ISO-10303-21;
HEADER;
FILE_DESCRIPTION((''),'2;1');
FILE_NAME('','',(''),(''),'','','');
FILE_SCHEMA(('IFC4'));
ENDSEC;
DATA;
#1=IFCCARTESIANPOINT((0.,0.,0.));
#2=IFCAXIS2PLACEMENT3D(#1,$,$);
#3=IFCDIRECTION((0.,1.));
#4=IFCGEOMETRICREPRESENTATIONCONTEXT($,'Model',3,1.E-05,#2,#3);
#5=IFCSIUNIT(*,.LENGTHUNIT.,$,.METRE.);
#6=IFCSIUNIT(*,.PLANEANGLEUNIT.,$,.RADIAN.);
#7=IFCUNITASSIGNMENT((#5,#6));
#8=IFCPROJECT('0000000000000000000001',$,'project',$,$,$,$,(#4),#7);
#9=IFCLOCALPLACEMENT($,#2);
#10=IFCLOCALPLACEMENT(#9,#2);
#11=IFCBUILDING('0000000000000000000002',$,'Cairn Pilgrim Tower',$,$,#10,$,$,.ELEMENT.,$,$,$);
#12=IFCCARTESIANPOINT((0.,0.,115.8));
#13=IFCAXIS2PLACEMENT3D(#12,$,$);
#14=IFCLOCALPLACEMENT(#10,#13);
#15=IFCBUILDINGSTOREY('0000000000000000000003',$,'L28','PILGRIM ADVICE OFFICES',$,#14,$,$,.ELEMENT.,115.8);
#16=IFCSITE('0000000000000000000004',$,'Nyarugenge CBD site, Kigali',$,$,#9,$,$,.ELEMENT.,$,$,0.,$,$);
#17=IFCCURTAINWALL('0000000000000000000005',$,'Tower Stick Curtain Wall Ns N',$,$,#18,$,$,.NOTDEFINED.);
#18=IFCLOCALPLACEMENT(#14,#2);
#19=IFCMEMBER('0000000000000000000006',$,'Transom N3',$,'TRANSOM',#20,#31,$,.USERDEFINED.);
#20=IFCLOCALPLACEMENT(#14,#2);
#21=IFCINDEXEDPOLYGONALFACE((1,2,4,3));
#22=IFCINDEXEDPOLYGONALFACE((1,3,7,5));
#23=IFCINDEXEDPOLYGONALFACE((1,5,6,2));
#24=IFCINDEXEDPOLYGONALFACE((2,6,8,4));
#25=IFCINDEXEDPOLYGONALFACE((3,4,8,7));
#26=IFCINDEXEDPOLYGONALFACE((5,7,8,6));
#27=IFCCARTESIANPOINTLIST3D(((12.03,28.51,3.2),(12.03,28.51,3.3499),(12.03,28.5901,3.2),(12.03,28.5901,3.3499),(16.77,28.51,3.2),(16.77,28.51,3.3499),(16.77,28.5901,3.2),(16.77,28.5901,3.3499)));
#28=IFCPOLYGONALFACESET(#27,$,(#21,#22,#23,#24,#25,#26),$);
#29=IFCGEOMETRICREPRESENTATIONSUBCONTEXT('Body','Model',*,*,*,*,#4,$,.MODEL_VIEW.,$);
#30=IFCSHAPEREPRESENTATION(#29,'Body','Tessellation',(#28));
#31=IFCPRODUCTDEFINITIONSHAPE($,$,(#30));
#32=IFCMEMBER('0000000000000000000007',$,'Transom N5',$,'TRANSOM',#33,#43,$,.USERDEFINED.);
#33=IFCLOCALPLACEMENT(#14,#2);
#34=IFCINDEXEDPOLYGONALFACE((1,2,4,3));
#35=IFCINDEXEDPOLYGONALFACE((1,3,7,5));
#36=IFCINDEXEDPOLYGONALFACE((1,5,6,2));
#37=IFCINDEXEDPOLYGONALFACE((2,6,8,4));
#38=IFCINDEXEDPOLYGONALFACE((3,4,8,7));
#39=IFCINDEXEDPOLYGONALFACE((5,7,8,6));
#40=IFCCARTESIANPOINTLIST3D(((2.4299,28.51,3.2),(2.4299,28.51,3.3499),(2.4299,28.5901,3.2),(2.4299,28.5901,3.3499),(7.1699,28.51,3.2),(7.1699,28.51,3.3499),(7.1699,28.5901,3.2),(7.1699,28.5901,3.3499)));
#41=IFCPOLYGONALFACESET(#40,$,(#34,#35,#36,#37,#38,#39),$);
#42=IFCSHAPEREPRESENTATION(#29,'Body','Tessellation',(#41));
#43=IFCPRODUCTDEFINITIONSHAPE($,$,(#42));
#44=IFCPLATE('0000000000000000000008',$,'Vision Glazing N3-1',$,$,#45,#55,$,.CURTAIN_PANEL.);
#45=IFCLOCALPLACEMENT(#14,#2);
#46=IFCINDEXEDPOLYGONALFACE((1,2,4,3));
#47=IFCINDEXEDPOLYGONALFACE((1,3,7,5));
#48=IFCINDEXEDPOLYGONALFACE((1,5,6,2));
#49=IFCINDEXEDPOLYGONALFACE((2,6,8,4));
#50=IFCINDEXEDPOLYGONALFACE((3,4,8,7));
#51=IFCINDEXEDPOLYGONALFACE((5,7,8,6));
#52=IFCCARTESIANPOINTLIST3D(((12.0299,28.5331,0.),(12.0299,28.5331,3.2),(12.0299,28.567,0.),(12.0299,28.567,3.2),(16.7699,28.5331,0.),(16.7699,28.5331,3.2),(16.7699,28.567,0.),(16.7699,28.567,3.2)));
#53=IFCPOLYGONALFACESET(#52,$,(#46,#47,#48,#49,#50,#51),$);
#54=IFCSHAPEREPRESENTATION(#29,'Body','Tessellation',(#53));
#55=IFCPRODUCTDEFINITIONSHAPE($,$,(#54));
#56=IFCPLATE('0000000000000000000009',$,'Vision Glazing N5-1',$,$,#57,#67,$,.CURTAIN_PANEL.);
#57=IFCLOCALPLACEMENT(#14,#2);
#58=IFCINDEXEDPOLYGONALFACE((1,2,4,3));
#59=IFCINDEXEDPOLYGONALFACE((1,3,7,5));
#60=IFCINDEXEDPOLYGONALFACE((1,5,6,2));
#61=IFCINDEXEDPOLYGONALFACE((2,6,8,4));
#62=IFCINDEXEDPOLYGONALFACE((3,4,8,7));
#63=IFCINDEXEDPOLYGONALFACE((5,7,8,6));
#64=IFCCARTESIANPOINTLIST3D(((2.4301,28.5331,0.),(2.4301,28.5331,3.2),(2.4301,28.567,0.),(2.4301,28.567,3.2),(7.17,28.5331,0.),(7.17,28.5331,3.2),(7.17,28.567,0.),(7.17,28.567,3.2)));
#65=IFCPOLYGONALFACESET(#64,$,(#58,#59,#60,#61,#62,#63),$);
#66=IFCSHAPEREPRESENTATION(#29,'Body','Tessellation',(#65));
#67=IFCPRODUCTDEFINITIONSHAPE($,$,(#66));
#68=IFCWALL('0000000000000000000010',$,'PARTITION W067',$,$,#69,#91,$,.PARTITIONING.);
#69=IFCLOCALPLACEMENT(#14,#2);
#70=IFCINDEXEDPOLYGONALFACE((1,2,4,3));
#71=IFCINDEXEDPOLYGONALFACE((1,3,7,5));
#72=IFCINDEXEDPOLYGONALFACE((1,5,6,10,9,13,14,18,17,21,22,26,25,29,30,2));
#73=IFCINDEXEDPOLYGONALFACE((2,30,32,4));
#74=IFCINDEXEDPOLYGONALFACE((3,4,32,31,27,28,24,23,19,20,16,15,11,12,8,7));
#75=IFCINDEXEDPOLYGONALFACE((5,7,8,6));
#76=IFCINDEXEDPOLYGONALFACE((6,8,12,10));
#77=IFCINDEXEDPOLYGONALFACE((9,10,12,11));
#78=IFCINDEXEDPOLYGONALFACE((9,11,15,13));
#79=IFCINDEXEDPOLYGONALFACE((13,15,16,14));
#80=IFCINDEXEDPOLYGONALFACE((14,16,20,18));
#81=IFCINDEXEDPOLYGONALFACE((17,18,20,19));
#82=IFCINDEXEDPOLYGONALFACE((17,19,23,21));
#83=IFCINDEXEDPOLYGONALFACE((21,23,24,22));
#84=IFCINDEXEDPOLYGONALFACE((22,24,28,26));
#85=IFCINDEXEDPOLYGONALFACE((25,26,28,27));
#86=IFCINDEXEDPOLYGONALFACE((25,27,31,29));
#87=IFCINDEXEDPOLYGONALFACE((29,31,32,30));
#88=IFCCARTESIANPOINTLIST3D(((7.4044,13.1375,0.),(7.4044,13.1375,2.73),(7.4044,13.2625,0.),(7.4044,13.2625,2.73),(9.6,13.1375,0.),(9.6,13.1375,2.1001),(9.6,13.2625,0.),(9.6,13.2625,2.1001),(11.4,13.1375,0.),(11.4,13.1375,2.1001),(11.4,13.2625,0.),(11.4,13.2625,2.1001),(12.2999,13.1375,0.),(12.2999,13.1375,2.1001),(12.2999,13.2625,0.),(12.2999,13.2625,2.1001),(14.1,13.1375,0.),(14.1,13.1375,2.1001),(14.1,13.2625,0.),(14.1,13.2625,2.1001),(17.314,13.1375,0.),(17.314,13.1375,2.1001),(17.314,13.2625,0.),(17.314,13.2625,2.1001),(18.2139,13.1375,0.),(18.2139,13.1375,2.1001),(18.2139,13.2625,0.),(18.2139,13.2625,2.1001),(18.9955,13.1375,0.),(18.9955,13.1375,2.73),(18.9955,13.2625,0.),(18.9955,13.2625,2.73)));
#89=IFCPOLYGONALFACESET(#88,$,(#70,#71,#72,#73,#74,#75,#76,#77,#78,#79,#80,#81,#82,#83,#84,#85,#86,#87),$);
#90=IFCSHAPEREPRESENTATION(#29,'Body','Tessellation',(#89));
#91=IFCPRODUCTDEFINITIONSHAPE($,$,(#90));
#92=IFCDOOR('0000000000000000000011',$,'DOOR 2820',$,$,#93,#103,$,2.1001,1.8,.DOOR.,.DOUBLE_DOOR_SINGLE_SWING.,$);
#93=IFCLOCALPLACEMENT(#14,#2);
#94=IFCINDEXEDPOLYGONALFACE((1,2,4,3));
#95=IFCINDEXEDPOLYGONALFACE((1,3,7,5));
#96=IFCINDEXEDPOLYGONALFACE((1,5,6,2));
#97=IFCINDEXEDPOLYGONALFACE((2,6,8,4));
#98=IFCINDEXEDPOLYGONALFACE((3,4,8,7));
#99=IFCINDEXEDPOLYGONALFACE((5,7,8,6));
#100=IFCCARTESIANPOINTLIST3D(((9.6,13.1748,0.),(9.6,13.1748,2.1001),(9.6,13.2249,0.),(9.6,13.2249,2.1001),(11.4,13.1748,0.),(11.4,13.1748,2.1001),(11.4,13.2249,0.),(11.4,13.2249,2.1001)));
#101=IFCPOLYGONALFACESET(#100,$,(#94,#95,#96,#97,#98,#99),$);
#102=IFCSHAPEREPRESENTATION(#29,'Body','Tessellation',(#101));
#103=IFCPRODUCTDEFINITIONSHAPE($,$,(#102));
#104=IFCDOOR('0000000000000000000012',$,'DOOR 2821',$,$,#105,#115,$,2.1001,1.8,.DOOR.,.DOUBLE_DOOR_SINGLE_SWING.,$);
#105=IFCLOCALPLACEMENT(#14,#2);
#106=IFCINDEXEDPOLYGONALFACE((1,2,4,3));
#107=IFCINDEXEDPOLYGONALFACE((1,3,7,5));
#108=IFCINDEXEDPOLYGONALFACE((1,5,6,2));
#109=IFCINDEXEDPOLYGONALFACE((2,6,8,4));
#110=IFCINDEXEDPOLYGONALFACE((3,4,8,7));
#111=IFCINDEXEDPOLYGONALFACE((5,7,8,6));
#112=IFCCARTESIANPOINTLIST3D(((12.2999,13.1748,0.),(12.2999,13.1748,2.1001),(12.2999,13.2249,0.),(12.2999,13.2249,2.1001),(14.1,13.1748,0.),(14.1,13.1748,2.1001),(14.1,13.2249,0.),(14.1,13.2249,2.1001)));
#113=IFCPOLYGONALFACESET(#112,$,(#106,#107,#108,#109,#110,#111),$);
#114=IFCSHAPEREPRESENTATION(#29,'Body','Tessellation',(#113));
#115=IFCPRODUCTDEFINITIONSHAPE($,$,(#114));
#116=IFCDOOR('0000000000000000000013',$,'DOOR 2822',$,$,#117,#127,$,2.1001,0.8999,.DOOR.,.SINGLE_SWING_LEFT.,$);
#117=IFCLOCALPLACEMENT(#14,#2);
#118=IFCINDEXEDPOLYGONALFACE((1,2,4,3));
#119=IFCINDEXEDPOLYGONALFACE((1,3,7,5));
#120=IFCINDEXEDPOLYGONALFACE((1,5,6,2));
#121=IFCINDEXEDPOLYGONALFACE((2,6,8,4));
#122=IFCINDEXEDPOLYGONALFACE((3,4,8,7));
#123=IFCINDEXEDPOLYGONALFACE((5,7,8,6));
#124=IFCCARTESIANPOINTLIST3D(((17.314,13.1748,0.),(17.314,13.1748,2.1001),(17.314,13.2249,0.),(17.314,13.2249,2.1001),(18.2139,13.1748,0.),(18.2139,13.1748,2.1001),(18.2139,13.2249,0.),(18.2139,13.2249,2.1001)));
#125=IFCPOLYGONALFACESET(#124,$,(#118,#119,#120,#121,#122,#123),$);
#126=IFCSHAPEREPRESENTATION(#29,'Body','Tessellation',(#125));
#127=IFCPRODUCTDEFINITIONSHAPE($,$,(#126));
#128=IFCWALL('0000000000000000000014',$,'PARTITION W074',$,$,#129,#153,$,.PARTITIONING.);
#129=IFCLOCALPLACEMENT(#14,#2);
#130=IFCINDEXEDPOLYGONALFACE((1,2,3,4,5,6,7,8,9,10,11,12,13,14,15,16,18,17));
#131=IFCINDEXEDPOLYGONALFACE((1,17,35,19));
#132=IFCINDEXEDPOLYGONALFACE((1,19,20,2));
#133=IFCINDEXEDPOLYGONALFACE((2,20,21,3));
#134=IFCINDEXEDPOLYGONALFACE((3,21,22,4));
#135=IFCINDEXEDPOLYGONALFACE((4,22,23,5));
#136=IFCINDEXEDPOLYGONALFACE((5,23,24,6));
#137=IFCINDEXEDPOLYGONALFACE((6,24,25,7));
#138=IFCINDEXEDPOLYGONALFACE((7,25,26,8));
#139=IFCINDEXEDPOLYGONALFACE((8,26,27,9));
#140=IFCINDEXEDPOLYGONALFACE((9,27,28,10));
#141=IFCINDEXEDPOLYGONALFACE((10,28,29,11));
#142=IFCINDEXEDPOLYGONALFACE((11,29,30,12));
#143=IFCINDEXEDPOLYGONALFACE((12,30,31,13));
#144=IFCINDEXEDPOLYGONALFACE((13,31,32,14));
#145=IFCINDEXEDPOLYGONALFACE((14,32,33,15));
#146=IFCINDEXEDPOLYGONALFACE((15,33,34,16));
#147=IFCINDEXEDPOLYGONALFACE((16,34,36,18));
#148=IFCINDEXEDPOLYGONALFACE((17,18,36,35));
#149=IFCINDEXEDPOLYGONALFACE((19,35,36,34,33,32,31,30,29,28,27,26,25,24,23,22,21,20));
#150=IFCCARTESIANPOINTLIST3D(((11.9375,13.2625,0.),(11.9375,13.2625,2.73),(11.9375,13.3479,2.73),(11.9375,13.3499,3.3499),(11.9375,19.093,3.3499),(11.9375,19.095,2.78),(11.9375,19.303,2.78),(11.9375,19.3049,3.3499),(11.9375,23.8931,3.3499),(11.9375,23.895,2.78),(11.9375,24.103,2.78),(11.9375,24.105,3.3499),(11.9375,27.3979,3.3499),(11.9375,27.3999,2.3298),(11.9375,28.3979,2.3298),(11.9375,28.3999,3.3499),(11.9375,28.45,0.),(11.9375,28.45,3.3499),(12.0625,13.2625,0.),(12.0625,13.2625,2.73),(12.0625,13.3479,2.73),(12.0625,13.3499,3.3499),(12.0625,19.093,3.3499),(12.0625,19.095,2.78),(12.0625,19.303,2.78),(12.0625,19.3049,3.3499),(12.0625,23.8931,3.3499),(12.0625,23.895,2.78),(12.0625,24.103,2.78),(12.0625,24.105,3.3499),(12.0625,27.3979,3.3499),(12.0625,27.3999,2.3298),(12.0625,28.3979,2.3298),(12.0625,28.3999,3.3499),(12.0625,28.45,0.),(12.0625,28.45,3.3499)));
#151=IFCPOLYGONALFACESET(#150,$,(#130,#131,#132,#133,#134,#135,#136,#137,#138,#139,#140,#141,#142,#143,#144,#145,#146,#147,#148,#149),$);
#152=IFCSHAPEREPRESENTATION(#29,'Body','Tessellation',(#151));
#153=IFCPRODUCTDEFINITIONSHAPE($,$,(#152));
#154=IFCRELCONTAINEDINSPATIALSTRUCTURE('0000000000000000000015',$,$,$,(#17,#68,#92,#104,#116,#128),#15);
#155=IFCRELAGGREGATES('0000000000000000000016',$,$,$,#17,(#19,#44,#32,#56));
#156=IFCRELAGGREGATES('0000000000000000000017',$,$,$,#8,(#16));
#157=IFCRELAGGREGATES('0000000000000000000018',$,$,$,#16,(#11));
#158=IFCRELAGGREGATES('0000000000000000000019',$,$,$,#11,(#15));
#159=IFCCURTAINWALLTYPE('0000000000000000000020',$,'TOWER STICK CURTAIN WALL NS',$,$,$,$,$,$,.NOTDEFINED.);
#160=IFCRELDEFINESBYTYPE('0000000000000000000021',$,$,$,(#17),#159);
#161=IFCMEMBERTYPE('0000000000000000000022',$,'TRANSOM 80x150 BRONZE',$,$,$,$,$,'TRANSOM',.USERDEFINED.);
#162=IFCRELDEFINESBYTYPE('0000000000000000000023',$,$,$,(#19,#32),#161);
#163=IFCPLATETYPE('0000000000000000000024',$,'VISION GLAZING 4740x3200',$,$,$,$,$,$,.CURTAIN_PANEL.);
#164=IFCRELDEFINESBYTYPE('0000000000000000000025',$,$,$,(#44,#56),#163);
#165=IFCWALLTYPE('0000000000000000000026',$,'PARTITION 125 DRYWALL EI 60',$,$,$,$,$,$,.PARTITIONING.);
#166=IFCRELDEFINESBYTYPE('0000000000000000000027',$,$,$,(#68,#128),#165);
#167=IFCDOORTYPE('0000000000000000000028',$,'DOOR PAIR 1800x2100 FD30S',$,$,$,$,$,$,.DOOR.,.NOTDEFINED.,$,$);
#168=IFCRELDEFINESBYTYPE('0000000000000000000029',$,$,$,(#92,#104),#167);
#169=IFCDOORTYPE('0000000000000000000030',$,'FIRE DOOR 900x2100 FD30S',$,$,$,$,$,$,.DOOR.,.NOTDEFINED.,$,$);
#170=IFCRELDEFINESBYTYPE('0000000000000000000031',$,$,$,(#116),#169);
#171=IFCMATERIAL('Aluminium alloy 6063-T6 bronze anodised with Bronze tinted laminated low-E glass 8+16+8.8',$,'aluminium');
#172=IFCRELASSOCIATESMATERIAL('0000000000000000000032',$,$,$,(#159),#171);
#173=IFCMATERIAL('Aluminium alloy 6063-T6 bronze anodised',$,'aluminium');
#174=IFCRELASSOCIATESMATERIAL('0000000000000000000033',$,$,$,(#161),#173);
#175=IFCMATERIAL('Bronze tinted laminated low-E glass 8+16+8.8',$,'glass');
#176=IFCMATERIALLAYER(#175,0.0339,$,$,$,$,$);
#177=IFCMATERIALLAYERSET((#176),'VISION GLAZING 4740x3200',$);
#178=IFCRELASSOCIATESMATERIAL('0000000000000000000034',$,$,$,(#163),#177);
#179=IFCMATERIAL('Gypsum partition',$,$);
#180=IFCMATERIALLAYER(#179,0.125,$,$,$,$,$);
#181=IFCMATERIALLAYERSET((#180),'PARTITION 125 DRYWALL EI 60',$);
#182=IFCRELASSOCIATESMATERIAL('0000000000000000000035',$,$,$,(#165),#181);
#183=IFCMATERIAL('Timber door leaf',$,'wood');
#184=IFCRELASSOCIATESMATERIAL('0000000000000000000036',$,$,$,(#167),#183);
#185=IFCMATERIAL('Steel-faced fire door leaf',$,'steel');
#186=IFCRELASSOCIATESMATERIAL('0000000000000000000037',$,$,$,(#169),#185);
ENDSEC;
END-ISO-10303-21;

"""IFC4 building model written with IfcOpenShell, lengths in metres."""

from ifc_helpers import new_model, si_unit, direction, frame, frame_2d, origin, origin_2d, place, context, subcontext, project, spatial, polyline, rectangle, outline, extrude, material, layer, layer_set, material_profile, profile_set, type_object, element, fill, aggregate, save


model = new_model("IFC4")

# Units and contexts
model_context = context("Model", 3, precision=1e-05, world=origin(), true_north=direction((0.0, 1.0)))
body_context = subcontext(model_context, "Body", "Model", "MODEL_VIEW")
ifc_project = project(units=[si_unit("LENGTHUNIT", "METRE"), si_unit("PLANEANGLEUNIT", "RADIAN")], contexts=[model_context])

# Site, building, storey
site_placement = place(None, origin())
site = spatial("IfcSite", under=ifc_project, at=site_placement, Name="Nyarugenge CBD site, Kigali", CompositionType="ELEMENT", RefElevation=0.0)
building_placement = place(site_placement, origin())
building = spatial("IfcBuilding", under=site, at=building_placement, Name="Cairn Pilgrim Tower", CompositionType="ELEMENT")
storey_placement = place(building_placement, frame((0.0, 0.0, 115.8)))
storey = spatial("IfcBuildingStorey", under=building, at=storey_placement, Name="L28", Description="PILGRIM ADVICE OFFICES", CompositionType="ELEMENT", Elevation=115.8)

# Curtain wall
ifc_material_1 = material(Name="Aluminium alloy 6063-T6 bronze anodised with Bronze tinted laminated low-E glass 8+16+8.8", Category="aluminium")
curtain_wall_type = type_object("IfcCurtainWallType", Name="TOWER STICK CURTAIN WALL NS", PredefinedType="NOTDEFINED", material=ifc_material_1)
curtain_wall_placement = place(storey_placement, origin())
curtain_wall = element("IfcCurtainWall", 1, at=curtain_wall_placement, inside=storey, type_object=curtain_wall_type, Name="Tower Stick Curtain Wall Ns N", PredefinedType="NOTDEFINED")
ifc_material_2 = material(Name="Aluminium alloy 6063-T6 bronze anodised", Category="aluminium")

# Members
ifc_material_profile_1 = material_profile(ifc_material_2, rectangle(XDim=0.0801, YDim=0.1499, at=origin_2d()), Name="TRANSOM 80x150 BRONZE")
ifc_profile_set_1 = profile_set([ifc_material_profile_1], Name="Aluminium alloy 6063-T6 bronze anodised")
member_type_1 = type_object("IfcMemberType", Name="TRANSOM 80x150 BRONZE", ElementType="TRANSOM", PredefinedType="USERDEFINED", material=ifc_profile_set_1)
member_1_placement = place(storey_placement, frame((16.77, 28.55, 3.2749), z_axis=(-1.0, 0.0, 0.0), x_axis=(0.0, -1.0, 0.0)))
member_1 = element("IfcMember", 2, at=member_1_placement, type_object=member_type_1, Name="Transom N3", ObjectType="TRANSOM", PredefinedType="USERDEFINED", context=body_context, shape_type="SweptSolid", body=[
    extrude(rectangle(XDim=0.0801, YDim=0.1499, at=origin_2d()), origin(), (0.0, 0.0, 1.0), 4.74),
])
member_2_placement = place(storey_placement, frame((7.1699, 28.55, 3.2749), z_axis=(-1.0, 0.0, 0.0), x_axis=(0.0, -1.0, 0.0)))
member_2 = element("IfcMember", 3, at=member_2_placement, type_object=member_type_1, Name="Transom N5", ObjectType="TRANSOM", PredefinedType="USERDEFINED", context=body_context, shape_type="SweptSolid", body=[
    extrude(rectangle(XDim=0.0801, YDim=0.1499, at=origin_2d()), origin(), (0.0, 0.0, 1.0), 4.74),
])

# Plates
ifc_material_3 = material(Name="Bronze tinted laminated low-E glass 8+16+8.8", Category="glass")
ifc_layer_1 = layer(ifc_material_3, 0.0339)
ifc_layer_set_1 = layer_set([ifc_layer_1], Name="VISION GLAZING 4740x3200")
plate_type = type_object("IfcPlateType", Name="VISION GLAZING 4740x3200", PredefinedType="CURTAIN_PANEL", material=ifc_layer_set_1)
plate_1_placement = place(storey_placement, frame((14.3999, 28.55, 0.0), z_axis=(0.0, 0.0, 1.0), x_axis=(-1.0, 0.0, 0.0)))
plate_1 = element("IfcPlate", 4, at=plate_1_placement, type_object=plate_type, Name="Vision Glazing N3-1", PredefinedType="CURTAIN_PANEL", context=body_context, shape_type="SweptSolid", body=[
    extrude(rectangle(XDim=4.74, YDim=0.0339, at=origin_2d()), origin(), (0.0, 0.0, 1.0), 3.2),
])
plate_2_placement = place(storey_placement, frame((4.8, 28.55, 0.0), z_axis=(0.0, 0.0, 1.0), x_axis=(-1.0, 0.0, 0.0)))
plate_2 = element("IfcPlate", 5, at=plate_2_placement, type_object=plate_type, Name="Vision Glazing N5-1", PredefinedType="CURTAIN_PANEL", context=body_context, shape_type="SweptSolid", body=[
    extrude(rectangle(XDim=4.74, YDim=0.0339, at=origin_2d()), origin(), (0.0, 0.0, 1.0), 3.2),
])
aggregate(curtain_wall, [member_1, plate_1, member_2, plate_2])

# Wall, openings, doors
ifc_material_4 = material(Name="Gypsum partition")
ifc_layer_2 = layer(ifc_material_4, 0.125)
ifc_layer_set_2 = layer_set([ifc_layer_2], Name="PARTITION 125 DRYWALL EI 60")
wall_type_1 = type_object("IfcWallType", Name="PARTITION 125 DRYWALL EI 60", PredefinedType="PARTITIONING", material=ifc_layer_set_2)
wall_1_placement = place(storey_placement, frame((7.4045, 13.2, 0.0), z_axis=(0.0, 0.0, 1.0), x_axis=(1.0, 0.0, 0.0)))
wall_1 = element("IfcWall", 6, at=wall_1_placement, inside=storey, type_object=wall_type_1, Name="PARTITION W067", PredefinedType="PARTITIONING", context=body_context, shape_type="SweptSolid", body=[
    extrude(rectangle(XDim=11.5911, YDim=0.125, at=frame_2d((5.7954, 0.0))), origin(), (0.0, 0.0, 1.0), 2.73),
])
opening_1_placement = place(wall_1_placement, frame((2.1956, 0.0, 0.0)))
opening_1 = element("IfcOpeningElement", 7, at=opening_1_placement, cuts=wall_1, PredefinedType="OPENING", context=body_context, shape_type="SweptSolid", body=[
    extrude(rectangle(XDim=1.8, YDim=2.1001, at=frame_2d((0.8999, 1.05))), frame((0.0, 0.0725, 0.0), z_axis=(0.0, -1.0, 0.0), x_axis=(1.0, 0.0, 0.0)), (0.0, 0.0, 1.0), 0.145),
])
opening_2_placement = place(wall_1_placement, frame((4.8955, 0.0, 0.0)))
opening_2 = element("IfcOpeningElement", 8, at=opening_2_placement, cuts=wall_1, PredefinedType="OPENING", context=body_context, shape_type="SweptSolid", body=[
    extrude(rectangle(XDim=1.8, YDim=2.1001, at=frame_2d((0.8999, 1.05))), frame((0.0, 0.0725, 0.0), z_axis=(0.0, -1.0, 0.0), x_axis=(1.0, 0.0, 0.0)), (0.0, 0.0, 1.0), 0.145),
])
opening_3_placement = place(wall_1_placement, frame((9.9094, 0.0, 0.0)))
opening_3 = element("IfcOpeningElement", 9, at=opening_3_placement, cuts=wall_1, PredefinedType="OPENING", context=body_context, shape_type="SweptSolid", body=[
    extrude(rectangle(XDim=0.8999, YDim=2.1001, at=frame_2d((0.45, 1.05))), frame((0.0, 0.0725, 0.0), z_axis=(0.0, -1.0, 0.0), x_axis=(1.0, 0.0, 0.0)), (0.0, 0.0, 1.0), 0.145),
])
ifc_material_5 = material(Name="Timber door leaf", Category="wood")
door_type_1 = type_object("IfcDoorType", Name="DOOR PAIR 1800x2100 FD30S", OperationType="NOTDEFINED", PredefinedType="DOOR", material=ifc_material_5)
door_1_placement = place(opening_1_placement, origin())
door_1 = element("IfcDoor", 10, at=door_1_placement, inside=storey, type_object=door_type_1, Name="DOOR 2820", OperationType="DOUBLE_DOOR_SINGLE_SWING", OverallHeight=2.1001, OverallWidth=1.8, PredefinedType="DOOR", context=body_context, shape_type="SweptSolid", body=[
    extrude(rectangle(XDim=1.8, YDim=2.1001, at=frame_2d((0.8999, 1.05))), frame((0.0, 0.0249, 0.0), z_axis=(0.0, -1.0, 0.0), x_axis=(1.0, 0.0, 0.0)), (0.0, 0.0, 1.0), 0.05),
])
fill(opening_1, door_1)
door_2_placement = place(opening_2_placement, origin())
door_2 = element("IfcDoor", 11, at=door_2_placement, inside=storey, type_object=door_type_1, Name="DOOR 2821", OperationType="DOUBLE_DOOR_SINGLE_SWING", OverallHeight=2.1001, OverallWidth=1.8, PredefinedType="DOOR", context=body_context, shape_type="SweptSolid", body=[
    extrude(rectangle(XDim=1.8, YDim=2.1001, at=frame_2d((0.8999, 1.05))), frame((0.0, 0.0249, 0.0), z_axis=(0.0, -1.0, 0.0), x_axis=(1.0, 0.0, 0.0)), (0.0, 0.0, 1.0), 0.05),
])
fill(opening_2, door_2)
ifc_material_6 = material(Name="Steel-faced fire door leaf", Category="steel")
door_type_2 = type_object("IfcDoorType", Name="FIRE DOOR 900x2100 FD30S", OperationType="NOTDEFINED", PredefinedType="DOOR", material=ifc_material_6)
door_3_placement = place(opening_3_placement, origin())
door_3 = element("IfcDoor", 12, at=door_3_placement, inside=storey, type_object=door_type_2, Name="DOOR 2822", OperationType="SINGLE_SWING_LEFT", OverallHeight=2.1001, OverallWidth=0.8999, PredefinedType="DOOR", context=body_context, shape_type="SweptSolid", body=[
    extrude(rectangle(XDim=0.8999, YDim=2.1001, at=frame_2d((0.45, 1.05))), frame((0.0, 0.0249, 0.0), z_axis=(0.0, -1.0, 0.0), x_axis=(1.0, 0.0, 0.0)), (0.0, 0.0, 1.0), 0.05),
])
fill(opening_3, door_3)

# Wall
wall_2_placement = place(storey_placement, frame((12.0, 13.2625, 0.0), z_axis=(0.0, 0.0, 1.0), x_axis=(0.0, 1.0, 0.0)))
element("IfcWall", 13, at=wall_2_placement, inside=storey, type_object=wall_type_1, Name="PARTITION W074", PredefinedType="PARTITIONING", context=body_context, shape_type="SweptSolid", body=[
    extrude(outline(polyline([(0.0, 0.0), (15.1875, 0.0), (15.1875, 3.3499), (15.1375, 3.3499), (15.1355, 2.3298), (14.1375, 2.3298), (14.1355, 3.3499), (10.8425, 3.3499), (10.8406, 2.78), (10.6326, 2.78), (10.6306, 3.3499), (6.0425, 3.3499), (6.0405, 2.78), (5.8325, 2.78), (5.8306, 3.3499), (0.0874, 3.3499), (0.0854, 2.73), (0.0, 2.73), (0.0, 0.0)])), frame((0.0, 0.0625, 0.0), z_axis=(0.0, -1.0, 0.0), x_axis=(1.0, 0.0, 0.0)), (0.0, 0.0, 1.0), 0.125),
])

save(model, "model.ifc")
